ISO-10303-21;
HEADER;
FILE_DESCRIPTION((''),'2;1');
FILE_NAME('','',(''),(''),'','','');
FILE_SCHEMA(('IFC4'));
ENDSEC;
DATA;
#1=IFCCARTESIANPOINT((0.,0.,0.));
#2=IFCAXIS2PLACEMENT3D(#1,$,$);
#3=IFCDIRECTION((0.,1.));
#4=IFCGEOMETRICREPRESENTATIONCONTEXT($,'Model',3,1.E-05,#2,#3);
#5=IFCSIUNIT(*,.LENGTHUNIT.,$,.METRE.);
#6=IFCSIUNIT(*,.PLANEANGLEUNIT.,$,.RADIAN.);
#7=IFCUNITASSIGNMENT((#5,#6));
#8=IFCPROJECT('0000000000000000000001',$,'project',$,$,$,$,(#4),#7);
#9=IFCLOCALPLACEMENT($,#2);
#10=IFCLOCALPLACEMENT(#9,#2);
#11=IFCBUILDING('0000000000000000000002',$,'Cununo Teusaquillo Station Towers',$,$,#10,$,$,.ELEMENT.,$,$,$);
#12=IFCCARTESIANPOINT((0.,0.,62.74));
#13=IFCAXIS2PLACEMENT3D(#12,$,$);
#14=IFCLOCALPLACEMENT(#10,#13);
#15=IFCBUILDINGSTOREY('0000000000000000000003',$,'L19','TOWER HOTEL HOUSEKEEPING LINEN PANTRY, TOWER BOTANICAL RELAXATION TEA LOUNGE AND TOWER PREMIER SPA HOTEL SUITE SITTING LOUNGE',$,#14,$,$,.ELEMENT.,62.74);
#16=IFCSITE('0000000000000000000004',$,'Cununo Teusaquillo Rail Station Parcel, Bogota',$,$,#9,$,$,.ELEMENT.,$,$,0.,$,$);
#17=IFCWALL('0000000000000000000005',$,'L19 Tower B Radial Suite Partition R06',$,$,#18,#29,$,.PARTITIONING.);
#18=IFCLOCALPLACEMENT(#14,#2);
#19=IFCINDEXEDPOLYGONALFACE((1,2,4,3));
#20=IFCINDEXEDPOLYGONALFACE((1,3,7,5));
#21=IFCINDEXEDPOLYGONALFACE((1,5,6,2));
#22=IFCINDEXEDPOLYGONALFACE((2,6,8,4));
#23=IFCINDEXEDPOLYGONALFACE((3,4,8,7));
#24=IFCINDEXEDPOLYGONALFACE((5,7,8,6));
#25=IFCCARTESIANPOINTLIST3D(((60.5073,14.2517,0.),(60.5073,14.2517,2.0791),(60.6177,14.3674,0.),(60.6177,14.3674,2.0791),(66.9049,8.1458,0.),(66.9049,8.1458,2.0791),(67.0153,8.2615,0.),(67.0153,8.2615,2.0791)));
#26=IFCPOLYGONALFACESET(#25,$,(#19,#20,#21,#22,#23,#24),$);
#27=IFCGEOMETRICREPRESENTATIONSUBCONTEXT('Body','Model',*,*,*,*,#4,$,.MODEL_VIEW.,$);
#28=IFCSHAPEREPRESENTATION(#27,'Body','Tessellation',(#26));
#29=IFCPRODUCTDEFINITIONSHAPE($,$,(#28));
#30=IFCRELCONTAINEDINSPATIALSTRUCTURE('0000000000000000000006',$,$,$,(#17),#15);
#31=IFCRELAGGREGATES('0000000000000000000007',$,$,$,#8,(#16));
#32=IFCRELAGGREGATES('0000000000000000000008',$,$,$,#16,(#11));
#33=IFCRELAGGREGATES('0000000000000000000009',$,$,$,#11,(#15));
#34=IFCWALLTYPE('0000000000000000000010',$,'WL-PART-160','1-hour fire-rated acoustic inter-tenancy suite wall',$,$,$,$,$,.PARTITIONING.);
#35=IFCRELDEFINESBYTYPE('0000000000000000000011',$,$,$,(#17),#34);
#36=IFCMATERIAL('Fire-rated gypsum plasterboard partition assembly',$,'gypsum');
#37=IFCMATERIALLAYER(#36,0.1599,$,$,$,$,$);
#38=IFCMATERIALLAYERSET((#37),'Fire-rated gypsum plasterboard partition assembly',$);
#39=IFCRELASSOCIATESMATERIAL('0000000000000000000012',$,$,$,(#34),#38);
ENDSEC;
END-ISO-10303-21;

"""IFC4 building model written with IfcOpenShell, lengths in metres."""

from ifc_helpers import new_model, si_unit, direction, frame, frame_2d, origin, place, context, subcontext, project, spatial, rectangle, extrude, material, layer, layer_set, type_object, element, save


model = new_model("IFC4")

# Units and contexts
model_context = context("Model", 3, precision=1e-05, world=origin(), true_north=direction((0.0, 1.0)))
body_context = subcontext(model_context, "Body", "Model", "MODEL_VIEW")
ifc_project = project(units=[si_unit("LENGTHUNIT", "METRE"), si_unit("PLANEANGLEUNIT", "RADIAN")], contexts=[model_context])

# Site, building, storey
site_placement = place(None, origin())
site = spatial("IfcSite", under=ifc_project, at=site_placement, Name="Cununo Teusaquillo Rail Station Parcel, Bogota", CompositionType="ELEMENT", RefElevation=0.0)
building_placement = place(site_placement, origin())
building = spatial("IfcBuilding", under=site, at=building_placement, Name="Cununo Teusaquillo Station Towers", CompositionType="ELEMENT")
storey_placement = place(building_placement, frame((0.0, 0.0, 62.74)))
storey = spatial("IfcBuildingStorey", under=building, at=storey_placement, Name="L19", Description="TOWER HOTEL HOUSEKEEPING LINEN PANTRY, TOWER BOTANICAL RELAXATION TEA LOUNGE AND TOWER PREMIER SPA HOTEL SUITE SITTING LOUNGE", CompositionType="ELEMENT", Elevation=62.74)

# Wall
ifc_material_1 = material(Name="Fire-rated gypsum plasterboard partition assembly", Category="gypsum")
ifc_layer_1 = layer(ifc_material_1, 0.1599)
ifc_layer_set_1 = layer_set([ifc_layer_1], Name="Fire-rated gypsum plasterboard partition assembly")
wall_type_1 = type_object("IfcWallType", Name="WL-PART-160", Description="1-hour fire-rated acoustic inter-tenancy suite wall", PredefinedType="PARTITIONING", material=ifc_layer_set_1)
wall_1_placement = place(storey_placement, frame((60.5625, 14.3096, 0.0), z_axis=(0.0, 0.0, 1.0), x_axis=(0.723409, -0.69042, 0.0)))
element("IfcWall", 1, at=wall_1_placement, inside=storey, type_object=wall_type_1, Name="L19 Tower B Radial Suite Partition R06", PredefinedType="PARTITIONING", context=body_context, shape_type="SweptSolid", body=[
    extrude(rectangle(XDim=8.8438, YDim=0.1599, at=frame_2d((4.4219, 0.0))), origin(), (0.0, 0.0, 1.0), 2.0791),
])

save(model, "model.ifc")
